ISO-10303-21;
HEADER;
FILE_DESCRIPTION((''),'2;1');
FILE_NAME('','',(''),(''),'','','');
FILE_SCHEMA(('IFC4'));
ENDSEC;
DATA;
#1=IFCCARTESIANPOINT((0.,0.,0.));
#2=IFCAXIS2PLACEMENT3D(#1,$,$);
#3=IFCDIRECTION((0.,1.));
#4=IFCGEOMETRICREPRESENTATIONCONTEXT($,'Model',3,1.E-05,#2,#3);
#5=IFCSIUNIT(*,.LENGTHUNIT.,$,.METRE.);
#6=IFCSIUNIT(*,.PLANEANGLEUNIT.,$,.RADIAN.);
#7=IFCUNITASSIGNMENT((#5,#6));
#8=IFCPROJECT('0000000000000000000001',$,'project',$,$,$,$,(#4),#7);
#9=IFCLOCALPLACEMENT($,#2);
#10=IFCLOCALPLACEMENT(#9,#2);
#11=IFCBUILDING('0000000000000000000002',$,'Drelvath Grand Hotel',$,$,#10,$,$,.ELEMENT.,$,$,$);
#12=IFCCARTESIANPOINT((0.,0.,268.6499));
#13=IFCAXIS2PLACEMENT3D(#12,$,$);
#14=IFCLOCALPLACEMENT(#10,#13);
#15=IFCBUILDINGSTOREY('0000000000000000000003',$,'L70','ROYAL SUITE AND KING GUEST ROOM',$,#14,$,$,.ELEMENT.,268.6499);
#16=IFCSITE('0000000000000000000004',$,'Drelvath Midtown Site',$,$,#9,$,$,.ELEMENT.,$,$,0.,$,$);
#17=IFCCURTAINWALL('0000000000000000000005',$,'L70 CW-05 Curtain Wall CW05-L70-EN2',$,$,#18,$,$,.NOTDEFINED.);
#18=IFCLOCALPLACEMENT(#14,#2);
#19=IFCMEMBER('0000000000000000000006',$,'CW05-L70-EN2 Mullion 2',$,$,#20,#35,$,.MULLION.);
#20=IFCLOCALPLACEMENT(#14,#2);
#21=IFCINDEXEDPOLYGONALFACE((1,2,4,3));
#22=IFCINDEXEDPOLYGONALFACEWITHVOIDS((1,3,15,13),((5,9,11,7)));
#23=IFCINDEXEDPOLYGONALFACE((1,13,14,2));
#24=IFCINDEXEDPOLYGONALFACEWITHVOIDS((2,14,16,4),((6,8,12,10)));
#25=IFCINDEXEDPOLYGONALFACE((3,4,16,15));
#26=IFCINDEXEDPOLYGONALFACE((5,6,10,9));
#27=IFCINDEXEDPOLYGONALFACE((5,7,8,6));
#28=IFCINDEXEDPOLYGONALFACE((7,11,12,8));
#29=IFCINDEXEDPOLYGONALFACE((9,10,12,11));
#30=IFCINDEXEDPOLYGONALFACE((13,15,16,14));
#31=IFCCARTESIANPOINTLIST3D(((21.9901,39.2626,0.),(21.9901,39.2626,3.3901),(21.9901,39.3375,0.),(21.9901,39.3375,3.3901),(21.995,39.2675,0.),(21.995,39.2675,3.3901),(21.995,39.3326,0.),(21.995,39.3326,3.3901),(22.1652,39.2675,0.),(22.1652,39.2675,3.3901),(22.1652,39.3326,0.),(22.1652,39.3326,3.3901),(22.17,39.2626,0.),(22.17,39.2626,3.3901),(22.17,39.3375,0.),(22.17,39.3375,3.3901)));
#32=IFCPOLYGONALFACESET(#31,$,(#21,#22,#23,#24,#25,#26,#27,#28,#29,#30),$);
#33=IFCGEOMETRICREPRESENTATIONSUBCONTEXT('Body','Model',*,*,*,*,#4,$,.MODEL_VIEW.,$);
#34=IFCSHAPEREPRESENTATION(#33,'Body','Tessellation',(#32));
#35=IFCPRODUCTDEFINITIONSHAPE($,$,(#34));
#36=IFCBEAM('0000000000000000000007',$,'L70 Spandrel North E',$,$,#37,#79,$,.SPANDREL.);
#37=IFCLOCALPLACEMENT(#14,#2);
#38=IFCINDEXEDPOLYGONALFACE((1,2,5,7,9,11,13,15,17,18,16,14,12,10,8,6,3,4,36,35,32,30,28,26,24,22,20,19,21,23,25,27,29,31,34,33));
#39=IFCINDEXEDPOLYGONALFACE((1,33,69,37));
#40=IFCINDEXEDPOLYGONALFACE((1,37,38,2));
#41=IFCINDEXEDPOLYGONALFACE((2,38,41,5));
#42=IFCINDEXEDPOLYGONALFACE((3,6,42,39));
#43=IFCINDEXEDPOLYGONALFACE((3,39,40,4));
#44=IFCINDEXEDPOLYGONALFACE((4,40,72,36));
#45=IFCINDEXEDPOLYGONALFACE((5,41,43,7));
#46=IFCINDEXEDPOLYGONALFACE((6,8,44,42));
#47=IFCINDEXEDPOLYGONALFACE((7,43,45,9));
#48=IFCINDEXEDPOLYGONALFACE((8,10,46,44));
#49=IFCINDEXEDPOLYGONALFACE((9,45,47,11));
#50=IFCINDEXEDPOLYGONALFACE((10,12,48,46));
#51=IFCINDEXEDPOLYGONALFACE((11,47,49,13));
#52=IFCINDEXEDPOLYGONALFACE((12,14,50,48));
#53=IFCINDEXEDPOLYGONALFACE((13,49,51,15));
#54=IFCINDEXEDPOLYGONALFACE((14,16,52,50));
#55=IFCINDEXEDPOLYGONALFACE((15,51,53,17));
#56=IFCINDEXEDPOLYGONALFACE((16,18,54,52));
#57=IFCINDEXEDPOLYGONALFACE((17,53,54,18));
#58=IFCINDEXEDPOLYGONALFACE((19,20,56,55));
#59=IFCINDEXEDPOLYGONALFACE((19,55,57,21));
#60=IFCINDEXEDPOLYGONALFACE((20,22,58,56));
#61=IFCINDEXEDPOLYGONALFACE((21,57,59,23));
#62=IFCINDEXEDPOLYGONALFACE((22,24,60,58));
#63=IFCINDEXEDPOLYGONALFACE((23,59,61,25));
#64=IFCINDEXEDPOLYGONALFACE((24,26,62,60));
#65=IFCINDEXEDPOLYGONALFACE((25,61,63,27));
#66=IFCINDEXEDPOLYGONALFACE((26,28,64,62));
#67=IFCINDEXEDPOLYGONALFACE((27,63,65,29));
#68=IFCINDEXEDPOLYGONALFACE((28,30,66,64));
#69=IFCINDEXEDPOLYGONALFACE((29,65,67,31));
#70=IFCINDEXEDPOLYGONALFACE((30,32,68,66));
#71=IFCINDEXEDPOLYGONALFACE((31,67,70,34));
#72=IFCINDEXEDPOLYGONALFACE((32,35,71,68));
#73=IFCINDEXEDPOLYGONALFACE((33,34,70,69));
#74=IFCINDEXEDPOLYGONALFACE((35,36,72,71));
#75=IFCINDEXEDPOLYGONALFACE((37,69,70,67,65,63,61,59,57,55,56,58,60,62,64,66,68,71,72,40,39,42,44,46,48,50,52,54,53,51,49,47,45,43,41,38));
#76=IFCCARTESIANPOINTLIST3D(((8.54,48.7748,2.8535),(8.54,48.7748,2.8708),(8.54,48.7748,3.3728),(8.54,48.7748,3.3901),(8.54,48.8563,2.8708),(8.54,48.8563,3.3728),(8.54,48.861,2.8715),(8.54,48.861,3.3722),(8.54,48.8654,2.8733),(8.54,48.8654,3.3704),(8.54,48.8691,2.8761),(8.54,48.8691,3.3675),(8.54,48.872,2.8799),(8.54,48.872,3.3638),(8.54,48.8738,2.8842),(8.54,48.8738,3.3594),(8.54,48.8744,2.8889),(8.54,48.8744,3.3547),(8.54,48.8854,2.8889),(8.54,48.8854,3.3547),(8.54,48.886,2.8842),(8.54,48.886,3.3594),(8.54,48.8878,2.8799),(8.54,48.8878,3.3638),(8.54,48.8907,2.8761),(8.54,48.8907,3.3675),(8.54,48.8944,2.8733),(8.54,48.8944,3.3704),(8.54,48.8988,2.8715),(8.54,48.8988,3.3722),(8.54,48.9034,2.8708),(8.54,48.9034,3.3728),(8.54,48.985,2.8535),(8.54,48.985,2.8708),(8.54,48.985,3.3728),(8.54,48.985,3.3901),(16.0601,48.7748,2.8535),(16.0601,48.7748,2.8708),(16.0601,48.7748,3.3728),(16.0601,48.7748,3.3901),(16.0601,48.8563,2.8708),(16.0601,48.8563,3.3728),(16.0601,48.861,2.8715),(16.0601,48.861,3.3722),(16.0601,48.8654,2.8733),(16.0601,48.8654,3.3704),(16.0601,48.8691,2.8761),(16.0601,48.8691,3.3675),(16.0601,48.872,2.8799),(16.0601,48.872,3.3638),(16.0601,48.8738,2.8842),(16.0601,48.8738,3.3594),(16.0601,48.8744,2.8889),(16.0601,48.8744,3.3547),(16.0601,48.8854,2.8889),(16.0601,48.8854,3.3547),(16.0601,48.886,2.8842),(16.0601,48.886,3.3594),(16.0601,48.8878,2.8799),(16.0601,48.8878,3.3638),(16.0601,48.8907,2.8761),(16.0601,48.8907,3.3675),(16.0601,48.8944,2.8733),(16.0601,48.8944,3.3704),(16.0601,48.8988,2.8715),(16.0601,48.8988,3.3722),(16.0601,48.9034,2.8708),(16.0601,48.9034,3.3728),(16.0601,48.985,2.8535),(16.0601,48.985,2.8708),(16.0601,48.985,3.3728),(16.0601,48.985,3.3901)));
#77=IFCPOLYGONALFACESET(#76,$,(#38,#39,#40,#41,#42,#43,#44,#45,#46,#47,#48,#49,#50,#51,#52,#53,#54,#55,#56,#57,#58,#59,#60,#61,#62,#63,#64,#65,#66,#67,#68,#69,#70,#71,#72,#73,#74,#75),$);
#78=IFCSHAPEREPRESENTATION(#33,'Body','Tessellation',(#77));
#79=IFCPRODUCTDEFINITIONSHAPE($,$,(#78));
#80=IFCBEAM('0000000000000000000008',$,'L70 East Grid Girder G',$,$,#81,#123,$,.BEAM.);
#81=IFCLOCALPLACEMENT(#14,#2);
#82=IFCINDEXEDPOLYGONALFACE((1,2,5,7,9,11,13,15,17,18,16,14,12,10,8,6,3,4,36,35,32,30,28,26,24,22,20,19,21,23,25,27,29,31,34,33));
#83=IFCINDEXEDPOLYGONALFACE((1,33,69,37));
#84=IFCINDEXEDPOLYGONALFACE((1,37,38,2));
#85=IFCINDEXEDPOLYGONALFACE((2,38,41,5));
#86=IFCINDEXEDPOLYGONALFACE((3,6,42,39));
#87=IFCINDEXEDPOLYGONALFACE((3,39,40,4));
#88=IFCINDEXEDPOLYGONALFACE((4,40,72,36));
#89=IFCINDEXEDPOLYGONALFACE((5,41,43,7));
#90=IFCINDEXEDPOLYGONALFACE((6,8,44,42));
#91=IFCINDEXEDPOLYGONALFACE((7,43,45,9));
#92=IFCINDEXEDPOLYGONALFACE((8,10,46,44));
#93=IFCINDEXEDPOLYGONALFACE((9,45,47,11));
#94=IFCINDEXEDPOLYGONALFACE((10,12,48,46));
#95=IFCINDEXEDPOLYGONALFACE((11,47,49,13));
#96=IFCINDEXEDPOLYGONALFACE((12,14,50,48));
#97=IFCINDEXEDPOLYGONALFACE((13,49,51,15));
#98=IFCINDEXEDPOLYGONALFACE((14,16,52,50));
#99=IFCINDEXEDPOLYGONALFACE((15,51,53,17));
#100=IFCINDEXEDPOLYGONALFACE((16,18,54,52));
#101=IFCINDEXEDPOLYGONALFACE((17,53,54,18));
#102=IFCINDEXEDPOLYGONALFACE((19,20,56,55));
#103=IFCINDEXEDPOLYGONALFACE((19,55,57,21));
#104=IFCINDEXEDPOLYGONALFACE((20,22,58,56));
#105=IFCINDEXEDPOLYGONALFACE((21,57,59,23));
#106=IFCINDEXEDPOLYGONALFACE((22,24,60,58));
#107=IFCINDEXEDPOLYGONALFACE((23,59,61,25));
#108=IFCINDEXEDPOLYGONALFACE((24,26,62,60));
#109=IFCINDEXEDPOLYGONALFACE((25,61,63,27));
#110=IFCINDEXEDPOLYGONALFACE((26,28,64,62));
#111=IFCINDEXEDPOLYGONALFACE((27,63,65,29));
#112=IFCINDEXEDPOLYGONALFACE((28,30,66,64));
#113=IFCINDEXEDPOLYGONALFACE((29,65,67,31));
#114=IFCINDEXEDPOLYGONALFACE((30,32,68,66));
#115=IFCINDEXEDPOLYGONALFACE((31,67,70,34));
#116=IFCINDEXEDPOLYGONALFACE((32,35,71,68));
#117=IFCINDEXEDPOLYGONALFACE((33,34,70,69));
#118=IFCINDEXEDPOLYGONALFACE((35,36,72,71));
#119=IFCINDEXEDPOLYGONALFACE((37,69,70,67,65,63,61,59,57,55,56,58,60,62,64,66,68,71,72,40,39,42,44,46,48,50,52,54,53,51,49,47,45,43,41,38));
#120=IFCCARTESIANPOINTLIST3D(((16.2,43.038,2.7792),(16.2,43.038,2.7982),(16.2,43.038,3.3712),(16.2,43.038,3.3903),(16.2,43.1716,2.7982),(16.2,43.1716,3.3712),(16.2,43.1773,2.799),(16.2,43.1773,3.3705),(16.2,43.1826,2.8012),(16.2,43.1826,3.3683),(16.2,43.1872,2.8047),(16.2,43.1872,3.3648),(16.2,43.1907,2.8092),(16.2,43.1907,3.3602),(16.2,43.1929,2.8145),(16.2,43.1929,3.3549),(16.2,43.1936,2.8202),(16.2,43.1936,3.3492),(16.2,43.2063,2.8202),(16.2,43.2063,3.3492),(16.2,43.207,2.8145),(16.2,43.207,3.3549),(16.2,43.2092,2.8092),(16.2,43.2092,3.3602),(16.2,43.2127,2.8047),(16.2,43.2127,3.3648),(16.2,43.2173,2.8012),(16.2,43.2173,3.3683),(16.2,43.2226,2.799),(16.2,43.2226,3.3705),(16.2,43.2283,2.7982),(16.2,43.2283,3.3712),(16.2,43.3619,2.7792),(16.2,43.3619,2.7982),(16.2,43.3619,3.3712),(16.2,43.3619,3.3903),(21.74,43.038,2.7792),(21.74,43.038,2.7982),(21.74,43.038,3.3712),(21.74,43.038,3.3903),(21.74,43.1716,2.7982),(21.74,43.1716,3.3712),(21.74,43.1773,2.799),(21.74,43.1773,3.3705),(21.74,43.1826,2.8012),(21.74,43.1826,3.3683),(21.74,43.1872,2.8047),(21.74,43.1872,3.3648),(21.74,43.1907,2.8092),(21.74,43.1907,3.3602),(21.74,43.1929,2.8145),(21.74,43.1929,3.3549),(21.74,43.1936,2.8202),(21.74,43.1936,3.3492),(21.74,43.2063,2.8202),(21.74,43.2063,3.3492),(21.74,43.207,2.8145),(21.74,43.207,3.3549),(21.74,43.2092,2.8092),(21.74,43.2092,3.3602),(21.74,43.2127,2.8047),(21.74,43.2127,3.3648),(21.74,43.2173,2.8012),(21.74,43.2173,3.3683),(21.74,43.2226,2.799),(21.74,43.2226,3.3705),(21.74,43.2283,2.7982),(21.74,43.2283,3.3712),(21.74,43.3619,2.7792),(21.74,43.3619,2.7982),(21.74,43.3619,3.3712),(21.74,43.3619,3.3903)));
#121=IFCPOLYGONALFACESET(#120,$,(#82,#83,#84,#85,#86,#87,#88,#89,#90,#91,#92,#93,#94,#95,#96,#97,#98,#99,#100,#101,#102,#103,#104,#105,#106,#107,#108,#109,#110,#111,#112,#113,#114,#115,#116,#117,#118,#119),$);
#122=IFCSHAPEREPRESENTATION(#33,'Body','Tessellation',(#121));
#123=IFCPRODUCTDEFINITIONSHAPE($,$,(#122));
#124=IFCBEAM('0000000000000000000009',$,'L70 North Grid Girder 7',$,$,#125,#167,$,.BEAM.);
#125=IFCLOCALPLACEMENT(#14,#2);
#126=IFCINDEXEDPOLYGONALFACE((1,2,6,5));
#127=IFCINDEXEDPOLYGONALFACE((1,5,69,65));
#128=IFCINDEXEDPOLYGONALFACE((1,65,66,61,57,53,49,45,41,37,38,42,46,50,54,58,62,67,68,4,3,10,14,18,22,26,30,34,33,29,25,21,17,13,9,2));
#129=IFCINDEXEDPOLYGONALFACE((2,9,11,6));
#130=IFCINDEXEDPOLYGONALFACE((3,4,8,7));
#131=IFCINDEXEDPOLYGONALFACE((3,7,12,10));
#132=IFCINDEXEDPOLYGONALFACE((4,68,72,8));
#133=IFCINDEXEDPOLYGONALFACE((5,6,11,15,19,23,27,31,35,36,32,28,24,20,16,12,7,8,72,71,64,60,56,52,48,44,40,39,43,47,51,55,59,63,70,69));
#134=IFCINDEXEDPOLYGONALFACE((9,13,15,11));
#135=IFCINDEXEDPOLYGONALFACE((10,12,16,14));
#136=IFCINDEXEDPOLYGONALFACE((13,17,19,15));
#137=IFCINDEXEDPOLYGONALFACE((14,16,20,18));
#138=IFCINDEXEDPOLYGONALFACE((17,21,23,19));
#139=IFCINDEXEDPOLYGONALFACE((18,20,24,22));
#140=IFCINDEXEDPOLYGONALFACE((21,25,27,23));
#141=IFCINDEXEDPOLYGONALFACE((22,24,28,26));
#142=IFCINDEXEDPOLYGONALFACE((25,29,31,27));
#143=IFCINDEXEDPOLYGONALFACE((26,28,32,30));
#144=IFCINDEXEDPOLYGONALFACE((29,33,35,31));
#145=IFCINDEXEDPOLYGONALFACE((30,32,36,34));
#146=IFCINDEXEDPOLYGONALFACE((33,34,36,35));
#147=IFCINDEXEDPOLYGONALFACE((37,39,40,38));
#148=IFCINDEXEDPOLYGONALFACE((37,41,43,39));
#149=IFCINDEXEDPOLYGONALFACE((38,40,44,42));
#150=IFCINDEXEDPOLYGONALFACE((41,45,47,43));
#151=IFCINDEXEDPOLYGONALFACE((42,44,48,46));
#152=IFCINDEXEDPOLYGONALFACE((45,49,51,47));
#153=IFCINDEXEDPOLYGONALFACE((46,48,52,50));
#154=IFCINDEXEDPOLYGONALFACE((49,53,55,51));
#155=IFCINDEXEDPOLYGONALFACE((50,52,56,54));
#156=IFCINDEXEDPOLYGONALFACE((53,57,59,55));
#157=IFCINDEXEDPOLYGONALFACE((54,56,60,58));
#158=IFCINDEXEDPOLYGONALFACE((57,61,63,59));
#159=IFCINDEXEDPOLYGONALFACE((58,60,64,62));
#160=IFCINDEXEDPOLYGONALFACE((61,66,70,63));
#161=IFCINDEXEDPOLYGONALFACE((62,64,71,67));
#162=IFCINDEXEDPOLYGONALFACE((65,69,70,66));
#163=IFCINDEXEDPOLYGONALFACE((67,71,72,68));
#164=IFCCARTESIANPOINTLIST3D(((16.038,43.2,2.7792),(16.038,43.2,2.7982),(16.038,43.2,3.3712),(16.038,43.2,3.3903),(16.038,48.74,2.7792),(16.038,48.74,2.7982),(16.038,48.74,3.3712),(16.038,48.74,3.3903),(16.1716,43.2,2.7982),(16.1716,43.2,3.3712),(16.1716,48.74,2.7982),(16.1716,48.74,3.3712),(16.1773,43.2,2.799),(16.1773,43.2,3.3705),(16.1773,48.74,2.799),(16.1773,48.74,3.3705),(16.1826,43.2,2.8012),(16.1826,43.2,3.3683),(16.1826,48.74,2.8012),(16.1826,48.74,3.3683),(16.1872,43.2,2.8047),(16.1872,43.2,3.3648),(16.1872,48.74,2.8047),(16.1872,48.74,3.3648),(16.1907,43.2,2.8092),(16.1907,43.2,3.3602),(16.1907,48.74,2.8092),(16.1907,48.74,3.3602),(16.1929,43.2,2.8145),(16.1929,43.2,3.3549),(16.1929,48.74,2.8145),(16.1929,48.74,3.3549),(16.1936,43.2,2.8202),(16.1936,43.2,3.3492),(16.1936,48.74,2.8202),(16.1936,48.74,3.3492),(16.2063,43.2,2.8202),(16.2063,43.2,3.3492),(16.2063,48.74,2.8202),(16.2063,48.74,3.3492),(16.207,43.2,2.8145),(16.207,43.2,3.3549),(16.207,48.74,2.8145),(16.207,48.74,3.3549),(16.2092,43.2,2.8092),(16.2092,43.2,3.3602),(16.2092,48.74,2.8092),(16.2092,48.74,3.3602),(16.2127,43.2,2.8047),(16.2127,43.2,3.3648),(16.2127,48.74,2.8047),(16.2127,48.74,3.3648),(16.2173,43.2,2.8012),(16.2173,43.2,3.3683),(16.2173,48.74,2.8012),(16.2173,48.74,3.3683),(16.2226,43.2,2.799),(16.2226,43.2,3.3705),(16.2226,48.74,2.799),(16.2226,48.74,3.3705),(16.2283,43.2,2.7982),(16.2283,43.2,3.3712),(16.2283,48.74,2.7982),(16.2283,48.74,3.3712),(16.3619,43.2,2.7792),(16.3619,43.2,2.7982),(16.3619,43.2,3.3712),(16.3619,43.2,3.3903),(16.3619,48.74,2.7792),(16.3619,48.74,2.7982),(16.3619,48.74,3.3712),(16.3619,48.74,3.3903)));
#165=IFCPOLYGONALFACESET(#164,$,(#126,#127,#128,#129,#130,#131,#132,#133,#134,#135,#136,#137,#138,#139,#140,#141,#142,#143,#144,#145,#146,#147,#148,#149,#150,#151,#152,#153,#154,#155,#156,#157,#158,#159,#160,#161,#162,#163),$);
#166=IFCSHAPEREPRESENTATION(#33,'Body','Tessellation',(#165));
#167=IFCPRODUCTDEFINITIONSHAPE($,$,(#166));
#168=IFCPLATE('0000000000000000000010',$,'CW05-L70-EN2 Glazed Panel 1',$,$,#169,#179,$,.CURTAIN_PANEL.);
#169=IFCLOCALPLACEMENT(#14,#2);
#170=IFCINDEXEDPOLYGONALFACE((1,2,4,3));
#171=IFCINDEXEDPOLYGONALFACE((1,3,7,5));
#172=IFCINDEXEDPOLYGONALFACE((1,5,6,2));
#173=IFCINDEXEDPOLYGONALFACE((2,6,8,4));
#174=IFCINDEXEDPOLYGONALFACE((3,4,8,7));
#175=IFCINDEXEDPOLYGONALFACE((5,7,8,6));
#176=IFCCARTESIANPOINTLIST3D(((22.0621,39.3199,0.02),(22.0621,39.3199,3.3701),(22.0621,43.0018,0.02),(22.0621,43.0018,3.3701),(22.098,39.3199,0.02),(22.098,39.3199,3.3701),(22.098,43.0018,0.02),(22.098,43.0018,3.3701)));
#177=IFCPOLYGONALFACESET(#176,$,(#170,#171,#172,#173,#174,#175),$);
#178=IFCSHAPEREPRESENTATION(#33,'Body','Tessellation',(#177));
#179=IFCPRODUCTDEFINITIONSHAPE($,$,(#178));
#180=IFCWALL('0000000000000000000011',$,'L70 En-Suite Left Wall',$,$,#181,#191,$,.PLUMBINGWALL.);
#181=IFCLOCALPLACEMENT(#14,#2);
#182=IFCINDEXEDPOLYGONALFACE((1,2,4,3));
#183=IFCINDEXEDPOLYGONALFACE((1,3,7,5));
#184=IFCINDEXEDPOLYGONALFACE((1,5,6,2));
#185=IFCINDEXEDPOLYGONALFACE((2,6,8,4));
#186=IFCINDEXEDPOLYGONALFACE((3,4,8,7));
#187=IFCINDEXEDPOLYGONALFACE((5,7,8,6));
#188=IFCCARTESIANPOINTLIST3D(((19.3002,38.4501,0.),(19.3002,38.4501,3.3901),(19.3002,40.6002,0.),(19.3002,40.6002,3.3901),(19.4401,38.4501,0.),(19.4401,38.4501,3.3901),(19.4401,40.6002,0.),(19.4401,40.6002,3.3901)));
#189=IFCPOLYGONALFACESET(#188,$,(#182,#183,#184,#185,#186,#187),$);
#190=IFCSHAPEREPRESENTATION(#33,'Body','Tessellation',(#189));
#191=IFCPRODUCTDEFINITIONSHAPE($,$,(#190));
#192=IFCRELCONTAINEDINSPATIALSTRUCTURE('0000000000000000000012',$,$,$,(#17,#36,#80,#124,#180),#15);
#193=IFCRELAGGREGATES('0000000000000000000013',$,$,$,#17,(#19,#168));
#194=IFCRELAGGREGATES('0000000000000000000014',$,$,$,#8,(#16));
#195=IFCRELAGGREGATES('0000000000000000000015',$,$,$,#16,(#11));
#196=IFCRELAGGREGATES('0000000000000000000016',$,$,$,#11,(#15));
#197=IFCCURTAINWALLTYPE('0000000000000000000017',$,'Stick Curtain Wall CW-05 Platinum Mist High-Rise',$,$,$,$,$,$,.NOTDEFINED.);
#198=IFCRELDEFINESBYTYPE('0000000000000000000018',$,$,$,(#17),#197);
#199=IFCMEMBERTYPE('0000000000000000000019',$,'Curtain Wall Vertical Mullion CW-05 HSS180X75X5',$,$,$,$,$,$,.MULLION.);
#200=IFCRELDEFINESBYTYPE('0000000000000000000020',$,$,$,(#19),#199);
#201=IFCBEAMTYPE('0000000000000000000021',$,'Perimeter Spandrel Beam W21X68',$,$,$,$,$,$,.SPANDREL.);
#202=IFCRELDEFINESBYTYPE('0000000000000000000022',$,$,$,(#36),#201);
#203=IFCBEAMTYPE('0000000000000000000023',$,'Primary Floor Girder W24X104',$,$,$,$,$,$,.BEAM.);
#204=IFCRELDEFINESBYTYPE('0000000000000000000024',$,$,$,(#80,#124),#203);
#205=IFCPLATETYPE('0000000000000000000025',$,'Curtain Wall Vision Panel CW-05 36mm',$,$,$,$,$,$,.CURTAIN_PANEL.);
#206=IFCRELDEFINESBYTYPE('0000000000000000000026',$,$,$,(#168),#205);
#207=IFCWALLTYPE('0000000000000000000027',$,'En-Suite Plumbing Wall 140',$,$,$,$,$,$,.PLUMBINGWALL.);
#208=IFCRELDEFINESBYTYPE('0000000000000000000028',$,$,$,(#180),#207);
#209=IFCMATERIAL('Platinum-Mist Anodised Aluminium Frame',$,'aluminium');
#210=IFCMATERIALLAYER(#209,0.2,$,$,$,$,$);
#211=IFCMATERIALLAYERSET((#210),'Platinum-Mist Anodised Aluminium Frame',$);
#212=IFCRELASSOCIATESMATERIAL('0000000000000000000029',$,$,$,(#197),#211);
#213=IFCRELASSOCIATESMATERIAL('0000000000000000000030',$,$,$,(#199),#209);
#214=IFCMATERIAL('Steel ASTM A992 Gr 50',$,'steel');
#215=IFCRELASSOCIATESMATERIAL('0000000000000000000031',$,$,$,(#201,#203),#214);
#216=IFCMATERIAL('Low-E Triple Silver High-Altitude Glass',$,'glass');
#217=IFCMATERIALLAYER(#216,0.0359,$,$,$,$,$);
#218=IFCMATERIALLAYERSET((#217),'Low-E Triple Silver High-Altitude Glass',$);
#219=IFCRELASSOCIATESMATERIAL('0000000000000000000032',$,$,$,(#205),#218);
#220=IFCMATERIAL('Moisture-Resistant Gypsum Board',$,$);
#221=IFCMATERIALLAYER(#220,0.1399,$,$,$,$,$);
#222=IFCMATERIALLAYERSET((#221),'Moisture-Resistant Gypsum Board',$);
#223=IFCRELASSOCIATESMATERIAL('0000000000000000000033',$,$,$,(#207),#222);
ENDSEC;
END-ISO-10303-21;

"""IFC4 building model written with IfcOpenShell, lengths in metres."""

from ifc_helpers import new_model, si_unit, direction, frame, frame_2d, origin, origin_2d, place, context, subcontext, project, spatial, rectangle, hollow_rectangle, i_section, extrude, material, layer, layer_set, material_profile, profile_set, type_object, element, aggregate, save


model = new_model("IFC4")

# Units and contexts
model_context = context("Model", 3, precision=1e-05, world=origin(), true_north=direction((0.0, 1.0)))
body_context = subcontext(model_context, "Body", "Model", "MODEL_VIEW")
ifc_project = project(units=[si_unit("LENGTHUNIT", "METRE"), si_unit("PLANEANGLEUNIT", "RADIAN")], contexts=[model_context])

# Site, building, storey
site_placement = place(None, origin())
site = spatial("IfcSite", under=ifc_project, at=site_placement, Name="Drelvath Midtown Site", CompositionType="ELEMENT", RefElevation=0.0)
building_placement = place(site_placement, origin())
building = spatial("IfcBuilding", under=site, at=building_placement, Name="Drelvath Grand Hotel", CompositionType="ELEMENT")
storey_placement = place(building_placement, frame((0.0, 0.0, 268.6499)))
storey = spatial("IfcBuildingStorey", under=building, at=storey_placement, Name="L70", Description="ROYAL SUITE AND KING GUEST ROOM", CompositionType="ELEMENT", Elevation=268.6499)

# Curtain wall, member
ifc_material_1 = material(Name="Platinum-Mist Anodised Aluminium Frame", Category="aluminium")
ifc_layer_1 = layer(ifc_material_1, 0.2)
ifc_layer_set_1 = layer_set([ifc_layer_1], Name="Platinum-Mist Anodised Aluminium Frame")
curtain_wall_type = type_object("IfcCurtainWallType", Name="Stick Curtain Wall CW-05 Platinum Mist High-Rise", PredefinedType="NOTDEFINED", material=ifc_layer_set_1)
curtain_wall_placement = place(storey_placement, origin())
curtain_wall = element("IfcCurtainWall", 1, at=curtain_wall_placement, inside=storey, type_object=curtain_wall_type, Name="L70 CW-05 Curtain Wall CW05-L70-EN2", PredefinedType="NOTDEFINED")
ifc_material_profile_1 = material_profile(ifc_material_1, hollow_rectangle(XDim=0.075, YDim=0.1799, WallThickness=0.0049, at=origin_2d()), Name="HSS180X75X5")
ifc_profile_set_1 = profile_set([ifc_material_profile_1], Name="Platinum-Mist Anodised Aluminium Frame")
member_type_1 = type_object("IfcMemberType", Name="Curtain Wall Vertical Mullion CW-05 HSS180X75X5", PredefinedType="MULLION", material=ifc_profile_set_1)
member_1_placement = place(storey_placement, frame((22.0801, 39.3, 0.0), z_axis=(0.0, 0.0, 1.0), x_axis=(0.0, 1.0, 0.0)))
member_1 = element("IfcMember", 2, at=member_1_placement, type_object=member_type_1, Name="CW05-L70-EN2 Mullion 2", PredefinedType="MULLION", context=body_context, shape_type="SweptSolid", body=[
    extrude(hollow_rectangle(XDim=0.075, YDim=0.1799, WallThickness=0.0049, at=origin_2d()), origin(), (0.0, 0.0, 1.0), 3.3901),
])

# Beams
ifc_material_2 = material(Name="Steel ASTM A992 Gr 50", Category="steel")
ifc_material_profile_2 = material_profile(ifc_material_2, i_section(OverallWidth=0.2102, OverallDepth=0.5366, WebThickness=0.011, FlangeThickness=0.0173, FilletRadius=0.0181, at=origin_2d()), Name="W21X68")
ifc_profile_set_2 = profile_set([ifc_material_profile_2], Name="Steel ASTM A992 Gr 50")
beam_type_1 = type_object("IfcBeamType", Name="Perimeter Spandrel Beam W21X68", PredefinedType="SPANDREL", material=ifc_profile_set_2)
beam_placement = place(storey_placement, frame((8.54, 48.8799, 3.1218), z_axis=(1.0, 0.0, 0.0), x_axis=(0.0, 1.0, 0.0)))
element("IfcBeam", 3, at=beam_placement, inside=storey, type_object=beam_type_1, Name="L70 Spandrel North E", PredefinedType="SPANDREL", context=body_context, shape_type="SweptSolid", body=[
    extrude(i_section(OverallWidth=0.2102, OverallDepth=0.5366, WebThickness=0.011, FlangeThickness=0.0173, FilletRadius=0.0181, at=origin_2d()), origin(), (0.0, 0.0, 1.0), 7.52),
])
ifc_material_profile_3 = material_profile(ifc_material_2, i_section(OverallWidth=0.324, OverallDepth=0.6111, WebThickness=0.0127, FlangeThickness=0.019, FilletRadius=0.022, at=origin_2d()), Name="W24X104")
ifc_profile_set_3 = profile_set([ifc_material_profile_3], Name="Steel ASTM A992 Gr 50")
beam_type_2 = type_object("IfcBeamType", Name="Primary Floor Girder W24X104", PredefinedType="BEAM", material=ifc_profile_set_3)
for number, where, z_axis, x_axis, name in (
    (4, (16.2, 43.2, 3.0847), (1.0, 0.0, 0.0), (0.0, 1.0, 0.0), "L70 East Grid Girder G"),
    (5, (16.2, 43.2, 3.0847), (0.0, 1.0, 0.0), (-1.0, 0.0, 0.0), "L70 North Grid Girder 7"),
):
    element("IfcBeam", number, at=place(storey_placement, frame(where, z_axis=z_axis, x_axis=x_axis)), inside=storey, type_object=beam_type_2, Name=name, PredefinedType="BEAM", context=body_context, shape_type="SweptSolid", body=[
        extrude(i_section(OverallWidth=0.324, OverallDepth=0.6111, WebThickness=0.0127, FlangeThickness=0.019, FilletRadius=0.022, at=origin_2d()), origin(), (0.0, 0.0, 1.0), 5.54),
    ])

# Plate
ifc_material_3 = material(Name="Low-E Triple Silver High-Altitude Glass", Category="glass")
ifc_layer_2 = layer(ifc_material_3, 0.0359)
ifc_layer_set_2 = layer_set([ifc_layer_2], Name="Low-E Triple Silver High-Altitude Glass")
plate_type = type_object("IfcPlateType", Name="Curtain Wall Vision Panel CW-05 36mm", PredefinedType="CURTAIN_PANEL", material=ifc_layer_set_2)
plate_placement = place(storey_placement, frame((22.0801, 41.1609, 0.02), z_axis=(0.0, 0.0, 1.0), x_axis=(0.0, -1.0, 0.0)))
plate = element("IfcPlate", 6, at=plate_placement, type_object=plate_type, Name="CW05-L70-EN2 Glazed Panel 1", PredefinedType="CURTAIN_PANEL", context=body_context, shape_type="SweptSolid", body=[
    extrude(rectangle(XDim=3.6819, YDim=0.0359, at=origin_2d()), origin(), (0.0, 0.0, 1.0), 3.3501),
])
aggregate(curtain_wall, [member_1, plate])

# Wall
ifc_material_4 = material(Name="Moisture-Resistant Gypsum Board")
ifc_layer_3 = layer(ifc_material_4, 0.1399)
ifc_layer_set_3 = layer_set([ifc_layer_3], Name="Moisture-Resistant Gypsum Board")
wall_type_1 = type_object("IfcWallType", Name="En-Suite Plumbing Wall 140", PredefinedType="PLUMBINGWALL", material=ifc_layer_set_3)
for number, where, z_axis, x_axis, name in (
    (7, (19.3701, 38.45, 0.0), (0.0, 0.0, 1.0), (0.0, 1.0, 0.0), "L70 En-Suite Left Wall"),
):
    element("IfcWall", number, at=place(storey_placement, frame(where, z_axis=z_axis, x_axis=x_axis)), inside=storey, type_object=wall_type_1, Name=name, PredefinedType="PLUMBINGWALL", context=body_context, shape_type="SweptSolid", body=[
        extrude(rectangle(XDim=2.1501, YDim=0.1399, at=frame_2d((1.0752, 0.0))), origin(), (0.0, 0.0, 1.0), 3.3901),
    ])

save(model, "model.ifc")
